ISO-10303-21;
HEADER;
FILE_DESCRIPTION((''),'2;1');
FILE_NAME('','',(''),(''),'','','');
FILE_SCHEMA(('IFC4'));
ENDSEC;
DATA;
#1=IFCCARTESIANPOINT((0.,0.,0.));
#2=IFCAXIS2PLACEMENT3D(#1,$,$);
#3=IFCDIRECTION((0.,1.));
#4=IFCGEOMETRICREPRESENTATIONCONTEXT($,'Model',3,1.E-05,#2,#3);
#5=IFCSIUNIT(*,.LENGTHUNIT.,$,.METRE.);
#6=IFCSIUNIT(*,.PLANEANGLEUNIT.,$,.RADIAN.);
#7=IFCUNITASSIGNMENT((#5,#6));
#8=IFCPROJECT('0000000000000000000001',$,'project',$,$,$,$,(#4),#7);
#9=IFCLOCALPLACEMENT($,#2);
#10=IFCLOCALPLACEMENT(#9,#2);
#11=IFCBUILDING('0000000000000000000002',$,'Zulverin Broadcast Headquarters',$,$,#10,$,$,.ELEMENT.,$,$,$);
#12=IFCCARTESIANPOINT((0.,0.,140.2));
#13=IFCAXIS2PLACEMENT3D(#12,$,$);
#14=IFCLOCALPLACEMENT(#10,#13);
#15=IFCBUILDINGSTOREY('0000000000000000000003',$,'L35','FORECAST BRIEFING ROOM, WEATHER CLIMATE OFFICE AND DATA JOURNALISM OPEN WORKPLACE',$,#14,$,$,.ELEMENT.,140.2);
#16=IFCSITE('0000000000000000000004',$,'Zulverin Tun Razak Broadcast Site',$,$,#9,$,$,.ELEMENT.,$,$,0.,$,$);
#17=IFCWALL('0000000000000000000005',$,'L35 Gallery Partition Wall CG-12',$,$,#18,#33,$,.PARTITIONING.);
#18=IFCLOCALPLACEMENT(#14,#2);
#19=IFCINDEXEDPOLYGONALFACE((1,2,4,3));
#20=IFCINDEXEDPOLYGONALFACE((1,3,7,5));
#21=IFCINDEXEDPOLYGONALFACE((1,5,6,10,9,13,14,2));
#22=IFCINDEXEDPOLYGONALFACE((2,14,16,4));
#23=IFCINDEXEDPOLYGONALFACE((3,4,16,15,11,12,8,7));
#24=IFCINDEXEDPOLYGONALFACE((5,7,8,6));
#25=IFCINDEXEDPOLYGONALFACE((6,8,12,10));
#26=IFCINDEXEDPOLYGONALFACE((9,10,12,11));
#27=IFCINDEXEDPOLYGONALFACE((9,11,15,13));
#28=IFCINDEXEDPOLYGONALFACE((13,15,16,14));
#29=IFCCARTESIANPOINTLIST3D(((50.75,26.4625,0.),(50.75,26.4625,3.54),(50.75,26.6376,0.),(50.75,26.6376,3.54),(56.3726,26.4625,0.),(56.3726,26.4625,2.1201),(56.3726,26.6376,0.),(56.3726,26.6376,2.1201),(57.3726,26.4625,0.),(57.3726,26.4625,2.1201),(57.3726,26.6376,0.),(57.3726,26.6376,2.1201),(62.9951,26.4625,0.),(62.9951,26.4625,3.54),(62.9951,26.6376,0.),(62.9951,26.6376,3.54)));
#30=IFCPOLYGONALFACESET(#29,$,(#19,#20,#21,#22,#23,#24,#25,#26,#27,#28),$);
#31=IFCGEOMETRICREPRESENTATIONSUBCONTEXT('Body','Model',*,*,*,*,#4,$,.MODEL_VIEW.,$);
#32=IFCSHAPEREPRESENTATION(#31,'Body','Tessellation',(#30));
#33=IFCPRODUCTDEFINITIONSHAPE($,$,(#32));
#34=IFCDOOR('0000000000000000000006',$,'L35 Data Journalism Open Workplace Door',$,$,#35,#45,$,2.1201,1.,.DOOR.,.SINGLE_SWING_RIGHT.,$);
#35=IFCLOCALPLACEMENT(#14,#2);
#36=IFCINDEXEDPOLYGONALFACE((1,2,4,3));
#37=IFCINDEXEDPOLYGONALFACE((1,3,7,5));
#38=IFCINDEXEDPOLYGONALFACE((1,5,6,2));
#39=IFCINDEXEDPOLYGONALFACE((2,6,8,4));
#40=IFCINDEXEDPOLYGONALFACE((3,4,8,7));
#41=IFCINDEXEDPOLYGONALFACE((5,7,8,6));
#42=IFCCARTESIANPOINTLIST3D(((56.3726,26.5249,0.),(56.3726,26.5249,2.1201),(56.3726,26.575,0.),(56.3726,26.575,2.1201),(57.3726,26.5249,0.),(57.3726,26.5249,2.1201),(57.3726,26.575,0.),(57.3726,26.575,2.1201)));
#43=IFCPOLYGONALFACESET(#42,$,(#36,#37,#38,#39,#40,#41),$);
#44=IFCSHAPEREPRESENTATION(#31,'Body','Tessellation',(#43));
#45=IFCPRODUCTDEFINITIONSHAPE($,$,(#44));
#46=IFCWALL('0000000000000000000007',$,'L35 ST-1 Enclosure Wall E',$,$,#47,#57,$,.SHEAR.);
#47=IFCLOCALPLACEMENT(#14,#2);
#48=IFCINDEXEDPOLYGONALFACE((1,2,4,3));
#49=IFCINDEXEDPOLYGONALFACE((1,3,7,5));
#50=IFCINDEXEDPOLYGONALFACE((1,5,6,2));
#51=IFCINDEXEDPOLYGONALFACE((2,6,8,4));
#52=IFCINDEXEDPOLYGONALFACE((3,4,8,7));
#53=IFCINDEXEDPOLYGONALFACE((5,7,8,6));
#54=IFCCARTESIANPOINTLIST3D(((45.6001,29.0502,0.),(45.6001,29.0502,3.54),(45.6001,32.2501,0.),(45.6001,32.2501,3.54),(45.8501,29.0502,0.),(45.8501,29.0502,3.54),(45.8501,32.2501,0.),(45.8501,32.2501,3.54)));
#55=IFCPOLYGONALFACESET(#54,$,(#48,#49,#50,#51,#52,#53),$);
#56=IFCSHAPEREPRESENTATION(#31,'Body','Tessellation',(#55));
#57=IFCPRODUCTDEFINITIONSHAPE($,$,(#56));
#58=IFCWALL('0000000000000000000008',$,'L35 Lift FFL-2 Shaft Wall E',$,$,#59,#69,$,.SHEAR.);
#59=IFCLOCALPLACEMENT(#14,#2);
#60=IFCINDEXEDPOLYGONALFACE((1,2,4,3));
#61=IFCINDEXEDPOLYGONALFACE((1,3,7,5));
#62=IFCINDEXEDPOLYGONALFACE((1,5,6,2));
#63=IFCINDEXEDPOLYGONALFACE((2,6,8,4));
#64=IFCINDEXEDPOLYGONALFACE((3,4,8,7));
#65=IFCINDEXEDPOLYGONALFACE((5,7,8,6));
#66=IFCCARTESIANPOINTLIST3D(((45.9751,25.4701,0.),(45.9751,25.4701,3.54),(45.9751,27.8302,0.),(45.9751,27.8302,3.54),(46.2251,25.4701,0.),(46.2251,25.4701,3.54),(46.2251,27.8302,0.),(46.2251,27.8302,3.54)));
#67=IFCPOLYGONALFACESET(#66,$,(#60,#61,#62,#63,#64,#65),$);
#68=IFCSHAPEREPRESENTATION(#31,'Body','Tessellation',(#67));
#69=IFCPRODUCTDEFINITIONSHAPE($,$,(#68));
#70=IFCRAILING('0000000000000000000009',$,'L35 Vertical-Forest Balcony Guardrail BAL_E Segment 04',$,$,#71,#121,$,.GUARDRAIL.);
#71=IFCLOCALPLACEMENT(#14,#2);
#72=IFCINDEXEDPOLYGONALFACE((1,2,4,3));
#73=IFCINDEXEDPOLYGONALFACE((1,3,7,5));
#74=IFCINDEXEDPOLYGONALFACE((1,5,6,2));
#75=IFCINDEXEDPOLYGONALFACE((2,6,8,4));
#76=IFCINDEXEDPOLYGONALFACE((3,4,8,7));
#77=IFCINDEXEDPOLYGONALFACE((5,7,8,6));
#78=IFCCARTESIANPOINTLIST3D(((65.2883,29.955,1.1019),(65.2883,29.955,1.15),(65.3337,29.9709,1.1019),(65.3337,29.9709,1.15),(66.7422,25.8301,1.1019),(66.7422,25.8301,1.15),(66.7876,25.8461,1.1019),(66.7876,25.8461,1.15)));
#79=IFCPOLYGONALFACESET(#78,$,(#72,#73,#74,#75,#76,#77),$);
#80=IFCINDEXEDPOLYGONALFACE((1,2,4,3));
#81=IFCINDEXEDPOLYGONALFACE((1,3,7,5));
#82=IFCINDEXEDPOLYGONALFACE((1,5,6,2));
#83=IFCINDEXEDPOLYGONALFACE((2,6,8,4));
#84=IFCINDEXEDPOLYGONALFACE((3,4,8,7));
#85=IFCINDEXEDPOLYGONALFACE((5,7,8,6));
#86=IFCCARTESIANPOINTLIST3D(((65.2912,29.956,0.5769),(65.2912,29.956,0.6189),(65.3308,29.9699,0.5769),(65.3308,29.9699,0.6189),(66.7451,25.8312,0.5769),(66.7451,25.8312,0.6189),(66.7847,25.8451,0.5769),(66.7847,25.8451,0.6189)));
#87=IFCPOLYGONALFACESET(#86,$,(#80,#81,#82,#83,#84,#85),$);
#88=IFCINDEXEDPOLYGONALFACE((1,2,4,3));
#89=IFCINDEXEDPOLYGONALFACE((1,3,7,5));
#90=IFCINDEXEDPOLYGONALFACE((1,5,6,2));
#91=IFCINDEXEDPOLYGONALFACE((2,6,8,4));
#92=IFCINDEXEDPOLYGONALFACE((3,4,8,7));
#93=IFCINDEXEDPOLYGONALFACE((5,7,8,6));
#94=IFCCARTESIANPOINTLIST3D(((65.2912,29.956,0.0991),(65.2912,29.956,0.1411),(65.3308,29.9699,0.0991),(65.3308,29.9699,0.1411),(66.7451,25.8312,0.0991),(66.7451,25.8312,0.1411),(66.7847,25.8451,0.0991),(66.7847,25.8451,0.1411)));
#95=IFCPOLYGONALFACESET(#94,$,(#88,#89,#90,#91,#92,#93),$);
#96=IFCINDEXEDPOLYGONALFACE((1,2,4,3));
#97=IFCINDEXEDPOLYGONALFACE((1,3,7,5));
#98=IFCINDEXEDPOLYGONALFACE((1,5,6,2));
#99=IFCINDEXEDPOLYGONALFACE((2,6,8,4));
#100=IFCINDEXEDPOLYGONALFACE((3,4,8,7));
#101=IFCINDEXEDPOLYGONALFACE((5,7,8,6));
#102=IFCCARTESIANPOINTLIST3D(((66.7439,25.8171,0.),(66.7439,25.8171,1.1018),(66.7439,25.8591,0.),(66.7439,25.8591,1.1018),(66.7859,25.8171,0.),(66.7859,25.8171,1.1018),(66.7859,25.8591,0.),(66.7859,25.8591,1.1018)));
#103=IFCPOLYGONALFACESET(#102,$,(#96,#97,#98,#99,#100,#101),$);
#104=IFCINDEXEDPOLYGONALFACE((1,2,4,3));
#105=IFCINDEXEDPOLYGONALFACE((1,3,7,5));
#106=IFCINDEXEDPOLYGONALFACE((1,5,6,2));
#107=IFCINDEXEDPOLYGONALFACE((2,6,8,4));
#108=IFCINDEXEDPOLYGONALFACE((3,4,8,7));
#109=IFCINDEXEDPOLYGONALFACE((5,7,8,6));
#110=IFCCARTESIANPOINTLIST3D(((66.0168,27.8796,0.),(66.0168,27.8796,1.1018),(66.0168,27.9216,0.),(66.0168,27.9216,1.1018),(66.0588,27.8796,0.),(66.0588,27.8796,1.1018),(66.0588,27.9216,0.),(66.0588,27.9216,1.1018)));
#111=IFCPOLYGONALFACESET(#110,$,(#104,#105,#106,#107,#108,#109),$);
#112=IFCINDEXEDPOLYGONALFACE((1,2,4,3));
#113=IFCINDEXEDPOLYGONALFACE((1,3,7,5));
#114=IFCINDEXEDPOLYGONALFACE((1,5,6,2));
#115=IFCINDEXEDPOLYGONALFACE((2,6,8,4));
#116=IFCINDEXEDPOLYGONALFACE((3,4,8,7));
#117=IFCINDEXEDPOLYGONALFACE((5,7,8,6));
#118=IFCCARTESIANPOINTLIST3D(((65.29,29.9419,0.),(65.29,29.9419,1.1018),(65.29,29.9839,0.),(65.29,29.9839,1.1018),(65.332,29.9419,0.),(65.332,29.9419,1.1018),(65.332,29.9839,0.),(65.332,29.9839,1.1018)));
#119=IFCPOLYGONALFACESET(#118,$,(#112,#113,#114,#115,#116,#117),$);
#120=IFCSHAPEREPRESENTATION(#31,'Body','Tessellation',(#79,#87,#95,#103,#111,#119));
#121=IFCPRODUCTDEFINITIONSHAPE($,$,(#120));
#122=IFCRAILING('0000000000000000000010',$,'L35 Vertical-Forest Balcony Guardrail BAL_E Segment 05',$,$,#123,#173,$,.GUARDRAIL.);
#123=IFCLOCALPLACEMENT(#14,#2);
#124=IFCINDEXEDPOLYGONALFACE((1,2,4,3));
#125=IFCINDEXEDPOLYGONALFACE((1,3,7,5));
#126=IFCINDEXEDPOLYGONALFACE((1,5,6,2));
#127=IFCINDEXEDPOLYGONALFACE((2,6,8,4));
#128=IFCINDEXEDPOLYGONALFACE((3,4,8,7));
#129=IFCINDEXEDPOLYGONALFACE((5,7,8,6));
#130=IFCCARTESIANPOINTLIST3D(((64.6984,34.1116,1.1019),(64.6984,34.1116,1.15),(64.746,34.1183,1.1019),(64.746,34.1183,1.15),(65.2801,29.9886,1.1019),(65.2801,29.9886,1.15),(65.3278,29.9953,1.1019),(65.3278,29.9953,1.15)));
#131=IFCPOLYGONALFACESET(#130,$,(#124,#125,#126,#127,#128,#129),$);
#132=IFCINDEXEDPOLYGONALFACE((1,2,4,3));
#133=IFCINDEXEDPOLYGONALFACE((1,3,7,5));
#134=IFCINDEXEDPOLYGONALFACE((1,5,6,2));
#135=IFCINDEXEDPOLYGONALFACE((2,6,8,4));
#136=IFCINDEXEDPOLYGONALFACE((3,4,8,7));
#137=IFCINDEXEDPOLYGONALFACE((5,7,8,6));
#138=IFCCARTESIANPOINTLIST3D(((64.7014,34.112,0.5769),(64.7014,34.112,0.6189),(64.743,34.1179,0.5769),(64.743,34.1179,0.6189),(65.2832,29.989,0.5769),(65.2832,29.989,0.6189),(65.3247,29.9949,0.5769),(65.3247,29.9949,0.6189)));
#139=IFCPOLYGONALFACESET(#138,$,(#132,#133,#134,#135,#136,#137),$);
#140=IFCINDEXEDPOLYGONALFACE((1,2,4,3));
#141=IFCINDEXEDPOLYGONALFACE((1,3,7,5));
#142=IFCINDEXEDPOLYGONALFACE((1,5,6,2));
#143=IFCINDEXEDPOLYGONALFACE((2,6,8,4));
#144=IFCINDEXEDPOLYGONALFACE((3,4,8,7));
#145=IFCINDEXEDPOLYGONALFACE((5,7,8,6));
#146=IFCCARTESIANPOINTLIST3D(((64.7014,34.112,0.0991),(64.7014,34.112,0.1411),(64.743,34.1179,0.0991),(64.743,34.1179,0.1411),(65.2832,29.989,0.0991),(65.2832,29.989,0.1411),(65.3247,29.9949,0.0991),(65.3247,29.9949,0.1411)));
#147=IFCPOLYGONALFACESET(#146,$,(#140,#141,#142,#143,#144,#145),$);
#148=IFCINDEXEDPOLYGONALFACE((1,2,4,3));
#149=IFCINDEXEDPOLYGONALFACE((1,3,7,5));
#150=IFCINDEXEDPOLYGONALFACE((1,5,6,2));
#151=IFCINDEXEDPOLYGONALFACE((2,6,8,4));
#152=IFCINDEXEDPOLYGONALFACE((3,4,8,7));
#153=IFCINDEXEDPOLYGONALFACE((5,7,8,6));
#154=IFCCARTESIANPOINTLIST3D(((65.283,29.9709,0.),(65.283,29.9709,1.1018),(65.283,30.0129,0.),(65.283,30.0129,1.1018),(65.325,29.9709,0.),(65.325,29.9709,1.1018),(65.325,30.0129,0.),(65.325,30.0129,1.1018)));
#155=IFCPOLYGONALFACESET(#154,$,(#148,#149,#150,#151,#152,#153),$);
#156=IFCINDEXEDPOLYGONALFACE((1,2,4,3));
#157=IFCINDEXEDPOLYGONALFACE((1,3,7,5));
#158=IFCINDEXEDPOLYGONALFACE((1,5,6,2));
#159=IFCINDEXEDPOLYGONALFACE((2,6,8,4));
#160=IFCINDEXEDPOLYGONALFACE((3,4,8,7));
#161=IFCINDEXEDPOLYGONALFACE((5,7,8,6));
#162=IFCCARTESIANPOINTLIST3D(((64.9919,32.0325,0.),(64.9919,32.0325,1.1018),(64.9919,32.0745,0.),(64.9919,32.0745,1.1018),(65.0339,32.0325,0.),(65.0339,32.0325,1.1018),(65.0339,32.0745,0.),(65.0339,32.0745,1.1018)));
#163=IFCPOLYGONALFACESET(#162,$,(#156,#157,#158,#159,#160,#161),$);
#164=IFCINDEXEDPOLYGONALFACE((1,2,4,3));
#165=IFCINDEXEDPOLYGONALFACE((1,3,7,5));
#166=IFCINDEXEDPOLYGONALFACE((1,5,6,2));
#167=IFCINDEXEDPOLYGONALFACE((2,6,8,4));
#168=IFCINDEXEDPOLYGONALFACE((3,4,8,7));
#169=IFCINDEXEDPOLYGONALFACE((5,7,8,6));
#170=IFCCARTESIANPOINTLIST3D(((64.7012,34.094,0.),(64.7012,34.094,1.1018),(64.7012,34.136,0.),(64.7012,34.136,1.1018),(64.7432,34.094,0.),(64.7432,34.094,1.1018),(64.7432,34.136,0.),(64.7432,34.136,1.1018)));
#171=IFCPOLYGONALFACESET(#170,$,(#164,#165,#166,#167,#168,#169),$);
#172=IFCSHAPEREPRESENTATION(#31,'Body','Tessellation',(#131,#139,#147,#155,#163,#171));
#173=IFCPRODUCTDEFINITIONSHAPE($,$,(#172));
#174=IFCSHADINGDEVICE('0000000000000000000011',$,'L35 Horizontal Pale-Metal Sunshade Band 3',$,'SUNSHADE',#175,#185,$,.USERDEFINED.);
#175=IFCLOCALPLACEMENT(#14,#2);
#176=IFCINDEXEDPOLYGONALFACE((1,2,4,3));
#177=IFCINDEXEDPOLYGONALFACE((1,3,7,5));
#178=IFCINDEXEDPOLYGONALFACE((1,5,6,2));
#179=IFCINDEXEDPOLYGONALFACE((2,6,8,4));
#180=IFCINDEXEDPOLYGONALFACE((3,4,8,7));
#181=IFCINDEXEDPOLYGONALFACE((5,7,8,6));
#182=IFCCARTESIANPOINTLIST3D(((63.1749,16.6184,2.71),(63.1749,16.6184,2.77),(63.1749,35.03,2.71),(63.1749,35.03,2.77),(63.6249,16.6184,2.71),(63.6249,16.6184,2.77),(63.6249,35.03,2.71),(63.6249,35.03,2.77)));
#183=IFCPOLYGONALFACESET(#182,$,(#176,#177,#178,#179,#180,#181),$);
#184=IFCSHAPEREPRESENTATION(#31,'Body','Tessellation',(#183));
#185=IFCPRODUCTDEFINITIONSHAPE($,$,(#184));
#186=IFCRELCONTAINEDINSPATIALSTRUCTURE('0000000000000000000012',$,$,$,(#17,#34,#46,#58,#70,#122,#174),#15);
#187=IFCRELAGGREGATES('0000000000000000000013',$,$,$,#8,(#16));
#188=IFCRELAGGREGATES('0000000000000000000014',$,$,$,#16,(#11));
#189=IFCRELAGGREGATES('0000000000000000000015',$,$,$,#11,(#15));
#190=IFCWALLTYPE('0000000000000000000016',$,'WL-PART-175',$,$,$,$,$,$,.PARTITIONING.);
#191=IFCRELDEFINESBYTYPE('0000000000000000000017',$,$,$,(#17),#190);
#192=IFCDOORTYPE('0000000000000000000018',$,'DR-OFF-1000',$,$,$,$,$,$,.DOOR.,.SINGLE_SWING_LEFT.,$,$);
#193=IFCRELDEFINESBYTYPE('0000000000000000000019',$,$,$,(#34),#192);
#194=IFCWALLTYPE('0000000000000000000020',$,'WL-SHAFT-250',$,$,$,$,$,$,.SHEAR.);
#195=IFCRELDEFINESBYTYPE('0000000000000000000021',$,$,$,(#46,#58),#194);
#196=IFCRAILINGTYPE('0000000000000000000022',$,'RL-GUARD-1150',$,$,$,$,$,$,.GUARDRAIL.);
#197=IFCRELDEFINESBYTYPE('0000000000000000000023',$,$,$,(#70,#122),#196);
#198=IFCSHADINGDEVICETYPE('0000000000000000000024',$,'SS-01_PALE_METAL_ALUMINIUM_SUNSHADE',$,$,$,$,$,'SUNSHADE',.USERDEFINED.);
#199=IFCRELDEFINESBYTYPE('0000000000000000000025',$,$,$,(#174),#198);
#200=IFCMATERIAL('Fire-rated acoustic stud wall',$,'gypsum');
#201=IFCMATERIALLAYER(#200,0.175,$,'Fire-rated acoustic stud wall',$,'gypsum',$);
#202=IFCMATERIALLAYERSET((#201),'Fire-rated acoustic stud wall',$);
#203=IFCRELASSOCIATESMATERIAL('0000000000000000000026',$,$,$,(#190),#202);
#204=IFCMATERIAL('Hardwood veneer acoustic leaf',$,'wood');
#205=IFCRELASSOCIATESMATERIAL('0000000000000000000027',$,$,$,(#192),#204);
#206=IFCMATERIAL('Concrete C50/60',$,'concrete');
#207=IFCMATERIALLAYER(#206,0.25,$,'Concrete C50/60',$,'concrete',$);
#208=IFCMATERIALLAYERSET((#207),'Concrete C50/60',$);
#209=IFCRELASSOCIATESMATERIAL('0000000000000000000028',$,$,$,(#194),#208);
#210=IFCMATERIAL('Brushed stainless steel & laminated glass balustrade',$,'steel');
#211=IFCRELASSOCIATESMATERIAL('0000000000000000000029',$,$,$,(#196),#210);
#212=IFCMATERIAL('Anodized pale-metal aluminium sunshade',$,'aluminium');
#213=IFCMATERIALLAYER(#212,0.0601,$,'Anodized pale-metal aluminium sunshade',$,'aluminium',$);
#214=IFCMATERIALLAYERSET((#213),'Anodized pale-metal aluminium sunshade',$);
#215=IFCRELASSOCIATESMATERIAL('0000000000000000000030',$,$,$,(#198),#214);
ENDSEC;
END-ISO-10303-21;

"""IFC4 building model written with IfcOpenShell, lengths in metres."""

from ifc_helpers import new_model, si_unit, direction, frame, frame_2d, origin, origin_2d, place, context, subcontext, project, spatial, rectangle, extrude, material, layer, layer_set, type_object, element, fill, save


model = new_model("IFC4")

# Units and contexts
model_context = context("Model", 3, precision=1e-05, world=origin(), true_north=direction((0.0, 1.0)))
body_context = subcontext(model_context, "Body", "Model", "MODEL_VIEW")
ifc_project = project(units=[si_unit("LENGTHUNIT", "METRE"), si_unit("PLANEANGLEUNIT", "RADIAN")], contexts=[model_context])

# Site, building, storey
site_placement = place(None, origin())
site = spatial("IfcSite", under=ifc_project, at=site_placement, Name="Zulverin Tun Razak Broadcast Site", CompositionType="ELEMENT", RefElevation=0.0)
building_placement = place(site_placement, origin())
building = spatial("IfcBuilding", under=site, at=building_placement, Name="Zulverin Broadcast Headquarters", CompositionType="ELEMENT")
storey_placement = place(building_placement, frame((0.0, 0.0, 140.2)))
storey = spatial("IfcBuildingStorey", under=building, at=storey_placement, Name="L35", Description="FORECAST BRIEFING ROOM, WEATHER CLIMATE OFFICE AND DATA JOURNALISM OPEN WORKPLACE", CompositionType="ELEMENT", Elevation=140.2)

# Shared definitions
ifc_material_1 = material(Name="Concrete C50/60", Category="concrete")

# Wall, opening, door
ifc_material_2 = material(Name="Fire-rated acoustic stud wall", Category="gypsum")
ifc_layer_1 = layer(ifc_material_2, 0.175, Name="Fire-rated acoustic stud wall", Category="gypsum")
ifc_layer_set_1 = layer_set([ifc_layer_1], Name="Fire-rated acoustic stud wall")
wall_type_1 = type_object("IfcWallType", Name="WL-PART-175", PredefinedType="PARTITIONING", material=ifc_layer_set_1)
wall_1_placement = place(storey_placement, frame((50.75, 26.55, 0.0), z_axis=(0.0, 0.0, 1.0), x_axis=(1.0, 0.0, 0.0)))
wall_1 = element("IfcWall", 1, at=wall_1_placement, inside=storey, type_object=wall_type_1, Name="L35 Gallery Partition Wall CG-12", PredefinedType="PARTITIONING", context=body_context, shape_type="SweptSolid", body=[
    extrude(rectangle(XDim=12.2451, YDim=0.175, at=frame_2d((6.1226, 0.0))), origin(), (0.0, 0.0, 1.0), 3.54),
])
opening_placement = place(wall_1_placement, frame((5.6226, 0.0, 0.0)))
opening = element("IfcOpeningElement", 2, at=opening_placement, cuts=wall_1, PredefinedType="OPENING", context=body_context, shape_type="SweptSolid", body=[
    extrude(rectangle(XDim=1.0, YDim=2.1201, at=frame_2d((0.5, 1.0601))), frame((0.0, 0.0974, 0.0), z_axis=(0.0, -1.0, 0.0), x_axis=(1.0, 0.0, 0.0)), (0.0, 0.0, 1.0), 0.1951),
])
ifc_material_3 = material(Name="Hardwood veneer acoustic leaf", Category="wood")
door_type = type_object("IfcDoorType", Name="DR-OFF-1000", OperationType="SINGLE_SWING_LEFT", PredefinedType="DOOR", material=ifc_material_3)
door_placement = place(opening_placement, origin())
door = element("IfcDoor", 3, at=door_placement, inside=storey, type_object=door_type, Name="L35 Data Journalism Open Workplace Door", OperationType="SINGLE_SWING_RIGHT", OverallHeight=2.1201, OverallWidth=1.0, PredefinedType="DOOR", context=body_context, shape_type="SweptSolid", body=[
    extrude(rectangle(XDim=1.0, YDim=2.1201, at=frame_2d((0.5, 1.0601))), frame((0.0, 0.0249, 0.0), z_axis=(0.0, -1.0, 0.0), x_axis=(1.0, 0.0, 0.0)), (0.0, 0.0, 1.0), 0.05),
])
fill(opening, door)

# Walls
ifc_layer_2 = layer(ifc_material_1, 0.25, Name="Concrete C50/60", Category="concrete")
ifc_layer_set_2 = layer_set([ifc_layer_2], Name="Concrete C50/60")
wall_type_2 = type_object("IfcWallType", Name="WL-SHAFT-250", PredefinedType="SHEAR", material=ifc_layer_set_2)
wall_2_placement = place(storey_placement, frame((45.7251, 29.05, 0.0), z_axis=(0.0, 0.0, 1.0), x_axis=(0.0, 1.0, 0.0)))
element("IfcWall", 4, at=wall_2_placement, inside=storey, type_object=wall_type_2, Name="L35 ST-1 Enclosure Wall E", PredefinedType="SHEAR", context=body_context, shape_type="SweptSolid", body=[
    extrude(rectangle(XDim=3.2, YDim=0.25, at=frame_2d((1.6001, 0.0))), origin(), (0.0, 0.0, 1.0), 3.54),
])
wall_3_placement = place(storey_placement, frame((46.1001, 25.47, 0.0), z_axis=(0.0, 0.0, 1.0), x_axis=(0.0, 1.0, 0.0)))
element("IfcWall", 5, at=wall_3_placement, inside=storey, type_object=wall_type_2, Name="L35 Lift FFL-2 Shaft Wall E", PredefinedType="SHEAR", context=body_context, shape_type="SweptSolid", body=[
    extrude(rectangle(XDim=2.3601, YDim=0.25, at=frame_2d((1.1802, 0.0))), origin(), (0.0, 0.0, 1.0), 3.54),
])

# Railings
ifc_material_4 = material(Name="Brushed stainless steel & laminated glass balustrade", Category="steel")
railing_type = type_object("IfcRailingType", Name="RL-GUARD-1150", PredefinedType="GUARDRAIL", material=ifc_material_4)
railing_1_placement = place(storey_placement, frame((66.7649, 25.8381, 0.0)))
element("IfcRailing", 6, at=railing_1_placement, inside=storey, type_object=railing_type, Name="L35 Vertical-Forest Balcony Guardrail BAL_E Segment 04", PredefinedType="GUARDRAIL", context=body_context, shape_type="SweptSolid", body=[
    extrude(rectangle(XDim=0.0481, YDim=0.0481, at=origin_2d()), frame((0.0, 0.0, 1.126), z_axis=(-0.332426, 0.943129, 0.0), x_axis=(-0.943129, -0.332426, 0.0)), (0.0, 0.0, 1.0), 4.3735),
    extrude(rectangle(XDim=0.042, YDim=0.042, at=origin_2d()), frame((0.0, 0.0, 0.5979), z_axis=(-0.332426, 0.943129, 0.0), x_axis=(-0.943129, -0.332426, 0.0)), (0.0, 0.0, 1.0), 4.3735),
    extrude(rectangle(XDim=0.042, YDim=0.042, at=origin_2d()), frame((0.0, 0.0, 0.1201), z_axis=(-0.332426, 0.943129, 0.0), x_axis=(-0.943129, -0.332426, 0.0)), (0.0, 0.0, 1.0), 4.3735),
    extrude(rectangle(XDim=0.042, YDim=0.042, at=origin_2d()), origin(), (0.0, 0.0, 1.0), 1.1018),
    extrude(rectangle(XDim=0.042, YDim=0.042, at=origin_2d()), frame((-0.7271, 2.0625, 0.0)), (0.0, 0.0, 1.0), 1.1018),
    extrude(rectangle(XDim=0.042, YDim=0.042, at=origin_2d()), frame((-1.4539, 4.1248, 0.0)), (0.0, 0.0, 1.0), 1.1018),
])
railing_2_placement = place(storey_placement, frame((65.304, 29.9919, 0.0)))
element("IfcRailing", 7, at=railing_2_placement, inside=storey, type_object=railing_type, Name="L35 Vertical-Forest Balcony Guardrail BAL_E Segment 05", PredefinedType="GUARDRAIL", context=body_context, shape_type="SweptSolid", body=[
    extrude(rectangle(XDim=0.0481, YDim=0.0481, at=origin_2d()), frame((0.0, 0.0, 1.126), z_axis=(-0.139722, 0.990191, 0.0), x_axis=(-0.990191, -0.139722, 0.0)), (0.0, 0.0, 1.0), 4.1638),
    extrude(rectangle(XDim=0.042, YDim=0.042, at=origin_2d()), frame((0.0, 0.0, 0.5979), z_axis=(-0.139722, 0.990191, 0.0), x_axis=(-0.990191, -0.139722, 0.0)), (0.0, 0.0, 1.0), 4.1638),
    extrude(rectangle(XDim=0.042, YDim=0.042, at=origin_2d()), frame((0.0, 0.0, 0.1201), z_axis=(-0.139722, 0.990191, 0.0), x_axis=(-0.990191, -0.139722, 0.0)), (0.0, 0.0, 1.0), 4.1638),
    extrude(rectangle(XDim=0.042, YDim=0.042, at=origin_2d()), origin(), (0.0, 0.0, 1.0), 1.1018),
    extrude(rectangle(XDim=0.042, YDim=0.042, at=origin_2d()), frame((-0.291, 2.0615, 0.0)), (0.0, 0.0, 1.0), 1.1018),
    extrude(rectangle(XDim=0.042, YDim=0.042, at=origin_2d()), frame((-0.5818, 4.123, 0.0)), (0.0, 0.0, 1.0), 1.1018),
])

# Shading device
ifc_material_5 = material(Name="Anodized pale-metal aluminium sunshade", Category="aluminium")
ifc_layer_3 = layer(ifc_material_5, 0.0601, Name="Anodized pale-metal aluminium sunshade", Category="aluminium")
ifc_layer_set_3 = layer_set([ifc_layer_3], Name="Anodized pale-metal aluminium sunshade")
shading_device_type = type_object("IfcShadingDeviceType", Name="SS-01_PALE_METAL_ALUMINIUM_SUNSHADE", ElementType="SUNSHADE", PredefinedType="USERDEFINED", material=ifc_layer_set_3)
shading_device_placement = place(storey_placement, frame((63.3999, 25.8242, 2.71), z_axis=(0.0, 0.0, 1.0), x_axis=(0.0, 1.0, 0.0)))
element("IfcShadingDevice", 8, at=shading_device_placement, inside=storey, type_object=shading_device_type, Name="L35 Horizontal Pale-Metal Sunshade Band 3", ObjectType="SUNSHADE", PredefinedType="USERDEFINED", context=body_context, shape_type="SweptSolid", body=[
    extrude(rectangle(XDim=18.4116, YDim=0.45, at=origin_2d()), origin(), (0.0, 0.0, 1.0), 0.0601),
])

save(model, "model.ifc")
